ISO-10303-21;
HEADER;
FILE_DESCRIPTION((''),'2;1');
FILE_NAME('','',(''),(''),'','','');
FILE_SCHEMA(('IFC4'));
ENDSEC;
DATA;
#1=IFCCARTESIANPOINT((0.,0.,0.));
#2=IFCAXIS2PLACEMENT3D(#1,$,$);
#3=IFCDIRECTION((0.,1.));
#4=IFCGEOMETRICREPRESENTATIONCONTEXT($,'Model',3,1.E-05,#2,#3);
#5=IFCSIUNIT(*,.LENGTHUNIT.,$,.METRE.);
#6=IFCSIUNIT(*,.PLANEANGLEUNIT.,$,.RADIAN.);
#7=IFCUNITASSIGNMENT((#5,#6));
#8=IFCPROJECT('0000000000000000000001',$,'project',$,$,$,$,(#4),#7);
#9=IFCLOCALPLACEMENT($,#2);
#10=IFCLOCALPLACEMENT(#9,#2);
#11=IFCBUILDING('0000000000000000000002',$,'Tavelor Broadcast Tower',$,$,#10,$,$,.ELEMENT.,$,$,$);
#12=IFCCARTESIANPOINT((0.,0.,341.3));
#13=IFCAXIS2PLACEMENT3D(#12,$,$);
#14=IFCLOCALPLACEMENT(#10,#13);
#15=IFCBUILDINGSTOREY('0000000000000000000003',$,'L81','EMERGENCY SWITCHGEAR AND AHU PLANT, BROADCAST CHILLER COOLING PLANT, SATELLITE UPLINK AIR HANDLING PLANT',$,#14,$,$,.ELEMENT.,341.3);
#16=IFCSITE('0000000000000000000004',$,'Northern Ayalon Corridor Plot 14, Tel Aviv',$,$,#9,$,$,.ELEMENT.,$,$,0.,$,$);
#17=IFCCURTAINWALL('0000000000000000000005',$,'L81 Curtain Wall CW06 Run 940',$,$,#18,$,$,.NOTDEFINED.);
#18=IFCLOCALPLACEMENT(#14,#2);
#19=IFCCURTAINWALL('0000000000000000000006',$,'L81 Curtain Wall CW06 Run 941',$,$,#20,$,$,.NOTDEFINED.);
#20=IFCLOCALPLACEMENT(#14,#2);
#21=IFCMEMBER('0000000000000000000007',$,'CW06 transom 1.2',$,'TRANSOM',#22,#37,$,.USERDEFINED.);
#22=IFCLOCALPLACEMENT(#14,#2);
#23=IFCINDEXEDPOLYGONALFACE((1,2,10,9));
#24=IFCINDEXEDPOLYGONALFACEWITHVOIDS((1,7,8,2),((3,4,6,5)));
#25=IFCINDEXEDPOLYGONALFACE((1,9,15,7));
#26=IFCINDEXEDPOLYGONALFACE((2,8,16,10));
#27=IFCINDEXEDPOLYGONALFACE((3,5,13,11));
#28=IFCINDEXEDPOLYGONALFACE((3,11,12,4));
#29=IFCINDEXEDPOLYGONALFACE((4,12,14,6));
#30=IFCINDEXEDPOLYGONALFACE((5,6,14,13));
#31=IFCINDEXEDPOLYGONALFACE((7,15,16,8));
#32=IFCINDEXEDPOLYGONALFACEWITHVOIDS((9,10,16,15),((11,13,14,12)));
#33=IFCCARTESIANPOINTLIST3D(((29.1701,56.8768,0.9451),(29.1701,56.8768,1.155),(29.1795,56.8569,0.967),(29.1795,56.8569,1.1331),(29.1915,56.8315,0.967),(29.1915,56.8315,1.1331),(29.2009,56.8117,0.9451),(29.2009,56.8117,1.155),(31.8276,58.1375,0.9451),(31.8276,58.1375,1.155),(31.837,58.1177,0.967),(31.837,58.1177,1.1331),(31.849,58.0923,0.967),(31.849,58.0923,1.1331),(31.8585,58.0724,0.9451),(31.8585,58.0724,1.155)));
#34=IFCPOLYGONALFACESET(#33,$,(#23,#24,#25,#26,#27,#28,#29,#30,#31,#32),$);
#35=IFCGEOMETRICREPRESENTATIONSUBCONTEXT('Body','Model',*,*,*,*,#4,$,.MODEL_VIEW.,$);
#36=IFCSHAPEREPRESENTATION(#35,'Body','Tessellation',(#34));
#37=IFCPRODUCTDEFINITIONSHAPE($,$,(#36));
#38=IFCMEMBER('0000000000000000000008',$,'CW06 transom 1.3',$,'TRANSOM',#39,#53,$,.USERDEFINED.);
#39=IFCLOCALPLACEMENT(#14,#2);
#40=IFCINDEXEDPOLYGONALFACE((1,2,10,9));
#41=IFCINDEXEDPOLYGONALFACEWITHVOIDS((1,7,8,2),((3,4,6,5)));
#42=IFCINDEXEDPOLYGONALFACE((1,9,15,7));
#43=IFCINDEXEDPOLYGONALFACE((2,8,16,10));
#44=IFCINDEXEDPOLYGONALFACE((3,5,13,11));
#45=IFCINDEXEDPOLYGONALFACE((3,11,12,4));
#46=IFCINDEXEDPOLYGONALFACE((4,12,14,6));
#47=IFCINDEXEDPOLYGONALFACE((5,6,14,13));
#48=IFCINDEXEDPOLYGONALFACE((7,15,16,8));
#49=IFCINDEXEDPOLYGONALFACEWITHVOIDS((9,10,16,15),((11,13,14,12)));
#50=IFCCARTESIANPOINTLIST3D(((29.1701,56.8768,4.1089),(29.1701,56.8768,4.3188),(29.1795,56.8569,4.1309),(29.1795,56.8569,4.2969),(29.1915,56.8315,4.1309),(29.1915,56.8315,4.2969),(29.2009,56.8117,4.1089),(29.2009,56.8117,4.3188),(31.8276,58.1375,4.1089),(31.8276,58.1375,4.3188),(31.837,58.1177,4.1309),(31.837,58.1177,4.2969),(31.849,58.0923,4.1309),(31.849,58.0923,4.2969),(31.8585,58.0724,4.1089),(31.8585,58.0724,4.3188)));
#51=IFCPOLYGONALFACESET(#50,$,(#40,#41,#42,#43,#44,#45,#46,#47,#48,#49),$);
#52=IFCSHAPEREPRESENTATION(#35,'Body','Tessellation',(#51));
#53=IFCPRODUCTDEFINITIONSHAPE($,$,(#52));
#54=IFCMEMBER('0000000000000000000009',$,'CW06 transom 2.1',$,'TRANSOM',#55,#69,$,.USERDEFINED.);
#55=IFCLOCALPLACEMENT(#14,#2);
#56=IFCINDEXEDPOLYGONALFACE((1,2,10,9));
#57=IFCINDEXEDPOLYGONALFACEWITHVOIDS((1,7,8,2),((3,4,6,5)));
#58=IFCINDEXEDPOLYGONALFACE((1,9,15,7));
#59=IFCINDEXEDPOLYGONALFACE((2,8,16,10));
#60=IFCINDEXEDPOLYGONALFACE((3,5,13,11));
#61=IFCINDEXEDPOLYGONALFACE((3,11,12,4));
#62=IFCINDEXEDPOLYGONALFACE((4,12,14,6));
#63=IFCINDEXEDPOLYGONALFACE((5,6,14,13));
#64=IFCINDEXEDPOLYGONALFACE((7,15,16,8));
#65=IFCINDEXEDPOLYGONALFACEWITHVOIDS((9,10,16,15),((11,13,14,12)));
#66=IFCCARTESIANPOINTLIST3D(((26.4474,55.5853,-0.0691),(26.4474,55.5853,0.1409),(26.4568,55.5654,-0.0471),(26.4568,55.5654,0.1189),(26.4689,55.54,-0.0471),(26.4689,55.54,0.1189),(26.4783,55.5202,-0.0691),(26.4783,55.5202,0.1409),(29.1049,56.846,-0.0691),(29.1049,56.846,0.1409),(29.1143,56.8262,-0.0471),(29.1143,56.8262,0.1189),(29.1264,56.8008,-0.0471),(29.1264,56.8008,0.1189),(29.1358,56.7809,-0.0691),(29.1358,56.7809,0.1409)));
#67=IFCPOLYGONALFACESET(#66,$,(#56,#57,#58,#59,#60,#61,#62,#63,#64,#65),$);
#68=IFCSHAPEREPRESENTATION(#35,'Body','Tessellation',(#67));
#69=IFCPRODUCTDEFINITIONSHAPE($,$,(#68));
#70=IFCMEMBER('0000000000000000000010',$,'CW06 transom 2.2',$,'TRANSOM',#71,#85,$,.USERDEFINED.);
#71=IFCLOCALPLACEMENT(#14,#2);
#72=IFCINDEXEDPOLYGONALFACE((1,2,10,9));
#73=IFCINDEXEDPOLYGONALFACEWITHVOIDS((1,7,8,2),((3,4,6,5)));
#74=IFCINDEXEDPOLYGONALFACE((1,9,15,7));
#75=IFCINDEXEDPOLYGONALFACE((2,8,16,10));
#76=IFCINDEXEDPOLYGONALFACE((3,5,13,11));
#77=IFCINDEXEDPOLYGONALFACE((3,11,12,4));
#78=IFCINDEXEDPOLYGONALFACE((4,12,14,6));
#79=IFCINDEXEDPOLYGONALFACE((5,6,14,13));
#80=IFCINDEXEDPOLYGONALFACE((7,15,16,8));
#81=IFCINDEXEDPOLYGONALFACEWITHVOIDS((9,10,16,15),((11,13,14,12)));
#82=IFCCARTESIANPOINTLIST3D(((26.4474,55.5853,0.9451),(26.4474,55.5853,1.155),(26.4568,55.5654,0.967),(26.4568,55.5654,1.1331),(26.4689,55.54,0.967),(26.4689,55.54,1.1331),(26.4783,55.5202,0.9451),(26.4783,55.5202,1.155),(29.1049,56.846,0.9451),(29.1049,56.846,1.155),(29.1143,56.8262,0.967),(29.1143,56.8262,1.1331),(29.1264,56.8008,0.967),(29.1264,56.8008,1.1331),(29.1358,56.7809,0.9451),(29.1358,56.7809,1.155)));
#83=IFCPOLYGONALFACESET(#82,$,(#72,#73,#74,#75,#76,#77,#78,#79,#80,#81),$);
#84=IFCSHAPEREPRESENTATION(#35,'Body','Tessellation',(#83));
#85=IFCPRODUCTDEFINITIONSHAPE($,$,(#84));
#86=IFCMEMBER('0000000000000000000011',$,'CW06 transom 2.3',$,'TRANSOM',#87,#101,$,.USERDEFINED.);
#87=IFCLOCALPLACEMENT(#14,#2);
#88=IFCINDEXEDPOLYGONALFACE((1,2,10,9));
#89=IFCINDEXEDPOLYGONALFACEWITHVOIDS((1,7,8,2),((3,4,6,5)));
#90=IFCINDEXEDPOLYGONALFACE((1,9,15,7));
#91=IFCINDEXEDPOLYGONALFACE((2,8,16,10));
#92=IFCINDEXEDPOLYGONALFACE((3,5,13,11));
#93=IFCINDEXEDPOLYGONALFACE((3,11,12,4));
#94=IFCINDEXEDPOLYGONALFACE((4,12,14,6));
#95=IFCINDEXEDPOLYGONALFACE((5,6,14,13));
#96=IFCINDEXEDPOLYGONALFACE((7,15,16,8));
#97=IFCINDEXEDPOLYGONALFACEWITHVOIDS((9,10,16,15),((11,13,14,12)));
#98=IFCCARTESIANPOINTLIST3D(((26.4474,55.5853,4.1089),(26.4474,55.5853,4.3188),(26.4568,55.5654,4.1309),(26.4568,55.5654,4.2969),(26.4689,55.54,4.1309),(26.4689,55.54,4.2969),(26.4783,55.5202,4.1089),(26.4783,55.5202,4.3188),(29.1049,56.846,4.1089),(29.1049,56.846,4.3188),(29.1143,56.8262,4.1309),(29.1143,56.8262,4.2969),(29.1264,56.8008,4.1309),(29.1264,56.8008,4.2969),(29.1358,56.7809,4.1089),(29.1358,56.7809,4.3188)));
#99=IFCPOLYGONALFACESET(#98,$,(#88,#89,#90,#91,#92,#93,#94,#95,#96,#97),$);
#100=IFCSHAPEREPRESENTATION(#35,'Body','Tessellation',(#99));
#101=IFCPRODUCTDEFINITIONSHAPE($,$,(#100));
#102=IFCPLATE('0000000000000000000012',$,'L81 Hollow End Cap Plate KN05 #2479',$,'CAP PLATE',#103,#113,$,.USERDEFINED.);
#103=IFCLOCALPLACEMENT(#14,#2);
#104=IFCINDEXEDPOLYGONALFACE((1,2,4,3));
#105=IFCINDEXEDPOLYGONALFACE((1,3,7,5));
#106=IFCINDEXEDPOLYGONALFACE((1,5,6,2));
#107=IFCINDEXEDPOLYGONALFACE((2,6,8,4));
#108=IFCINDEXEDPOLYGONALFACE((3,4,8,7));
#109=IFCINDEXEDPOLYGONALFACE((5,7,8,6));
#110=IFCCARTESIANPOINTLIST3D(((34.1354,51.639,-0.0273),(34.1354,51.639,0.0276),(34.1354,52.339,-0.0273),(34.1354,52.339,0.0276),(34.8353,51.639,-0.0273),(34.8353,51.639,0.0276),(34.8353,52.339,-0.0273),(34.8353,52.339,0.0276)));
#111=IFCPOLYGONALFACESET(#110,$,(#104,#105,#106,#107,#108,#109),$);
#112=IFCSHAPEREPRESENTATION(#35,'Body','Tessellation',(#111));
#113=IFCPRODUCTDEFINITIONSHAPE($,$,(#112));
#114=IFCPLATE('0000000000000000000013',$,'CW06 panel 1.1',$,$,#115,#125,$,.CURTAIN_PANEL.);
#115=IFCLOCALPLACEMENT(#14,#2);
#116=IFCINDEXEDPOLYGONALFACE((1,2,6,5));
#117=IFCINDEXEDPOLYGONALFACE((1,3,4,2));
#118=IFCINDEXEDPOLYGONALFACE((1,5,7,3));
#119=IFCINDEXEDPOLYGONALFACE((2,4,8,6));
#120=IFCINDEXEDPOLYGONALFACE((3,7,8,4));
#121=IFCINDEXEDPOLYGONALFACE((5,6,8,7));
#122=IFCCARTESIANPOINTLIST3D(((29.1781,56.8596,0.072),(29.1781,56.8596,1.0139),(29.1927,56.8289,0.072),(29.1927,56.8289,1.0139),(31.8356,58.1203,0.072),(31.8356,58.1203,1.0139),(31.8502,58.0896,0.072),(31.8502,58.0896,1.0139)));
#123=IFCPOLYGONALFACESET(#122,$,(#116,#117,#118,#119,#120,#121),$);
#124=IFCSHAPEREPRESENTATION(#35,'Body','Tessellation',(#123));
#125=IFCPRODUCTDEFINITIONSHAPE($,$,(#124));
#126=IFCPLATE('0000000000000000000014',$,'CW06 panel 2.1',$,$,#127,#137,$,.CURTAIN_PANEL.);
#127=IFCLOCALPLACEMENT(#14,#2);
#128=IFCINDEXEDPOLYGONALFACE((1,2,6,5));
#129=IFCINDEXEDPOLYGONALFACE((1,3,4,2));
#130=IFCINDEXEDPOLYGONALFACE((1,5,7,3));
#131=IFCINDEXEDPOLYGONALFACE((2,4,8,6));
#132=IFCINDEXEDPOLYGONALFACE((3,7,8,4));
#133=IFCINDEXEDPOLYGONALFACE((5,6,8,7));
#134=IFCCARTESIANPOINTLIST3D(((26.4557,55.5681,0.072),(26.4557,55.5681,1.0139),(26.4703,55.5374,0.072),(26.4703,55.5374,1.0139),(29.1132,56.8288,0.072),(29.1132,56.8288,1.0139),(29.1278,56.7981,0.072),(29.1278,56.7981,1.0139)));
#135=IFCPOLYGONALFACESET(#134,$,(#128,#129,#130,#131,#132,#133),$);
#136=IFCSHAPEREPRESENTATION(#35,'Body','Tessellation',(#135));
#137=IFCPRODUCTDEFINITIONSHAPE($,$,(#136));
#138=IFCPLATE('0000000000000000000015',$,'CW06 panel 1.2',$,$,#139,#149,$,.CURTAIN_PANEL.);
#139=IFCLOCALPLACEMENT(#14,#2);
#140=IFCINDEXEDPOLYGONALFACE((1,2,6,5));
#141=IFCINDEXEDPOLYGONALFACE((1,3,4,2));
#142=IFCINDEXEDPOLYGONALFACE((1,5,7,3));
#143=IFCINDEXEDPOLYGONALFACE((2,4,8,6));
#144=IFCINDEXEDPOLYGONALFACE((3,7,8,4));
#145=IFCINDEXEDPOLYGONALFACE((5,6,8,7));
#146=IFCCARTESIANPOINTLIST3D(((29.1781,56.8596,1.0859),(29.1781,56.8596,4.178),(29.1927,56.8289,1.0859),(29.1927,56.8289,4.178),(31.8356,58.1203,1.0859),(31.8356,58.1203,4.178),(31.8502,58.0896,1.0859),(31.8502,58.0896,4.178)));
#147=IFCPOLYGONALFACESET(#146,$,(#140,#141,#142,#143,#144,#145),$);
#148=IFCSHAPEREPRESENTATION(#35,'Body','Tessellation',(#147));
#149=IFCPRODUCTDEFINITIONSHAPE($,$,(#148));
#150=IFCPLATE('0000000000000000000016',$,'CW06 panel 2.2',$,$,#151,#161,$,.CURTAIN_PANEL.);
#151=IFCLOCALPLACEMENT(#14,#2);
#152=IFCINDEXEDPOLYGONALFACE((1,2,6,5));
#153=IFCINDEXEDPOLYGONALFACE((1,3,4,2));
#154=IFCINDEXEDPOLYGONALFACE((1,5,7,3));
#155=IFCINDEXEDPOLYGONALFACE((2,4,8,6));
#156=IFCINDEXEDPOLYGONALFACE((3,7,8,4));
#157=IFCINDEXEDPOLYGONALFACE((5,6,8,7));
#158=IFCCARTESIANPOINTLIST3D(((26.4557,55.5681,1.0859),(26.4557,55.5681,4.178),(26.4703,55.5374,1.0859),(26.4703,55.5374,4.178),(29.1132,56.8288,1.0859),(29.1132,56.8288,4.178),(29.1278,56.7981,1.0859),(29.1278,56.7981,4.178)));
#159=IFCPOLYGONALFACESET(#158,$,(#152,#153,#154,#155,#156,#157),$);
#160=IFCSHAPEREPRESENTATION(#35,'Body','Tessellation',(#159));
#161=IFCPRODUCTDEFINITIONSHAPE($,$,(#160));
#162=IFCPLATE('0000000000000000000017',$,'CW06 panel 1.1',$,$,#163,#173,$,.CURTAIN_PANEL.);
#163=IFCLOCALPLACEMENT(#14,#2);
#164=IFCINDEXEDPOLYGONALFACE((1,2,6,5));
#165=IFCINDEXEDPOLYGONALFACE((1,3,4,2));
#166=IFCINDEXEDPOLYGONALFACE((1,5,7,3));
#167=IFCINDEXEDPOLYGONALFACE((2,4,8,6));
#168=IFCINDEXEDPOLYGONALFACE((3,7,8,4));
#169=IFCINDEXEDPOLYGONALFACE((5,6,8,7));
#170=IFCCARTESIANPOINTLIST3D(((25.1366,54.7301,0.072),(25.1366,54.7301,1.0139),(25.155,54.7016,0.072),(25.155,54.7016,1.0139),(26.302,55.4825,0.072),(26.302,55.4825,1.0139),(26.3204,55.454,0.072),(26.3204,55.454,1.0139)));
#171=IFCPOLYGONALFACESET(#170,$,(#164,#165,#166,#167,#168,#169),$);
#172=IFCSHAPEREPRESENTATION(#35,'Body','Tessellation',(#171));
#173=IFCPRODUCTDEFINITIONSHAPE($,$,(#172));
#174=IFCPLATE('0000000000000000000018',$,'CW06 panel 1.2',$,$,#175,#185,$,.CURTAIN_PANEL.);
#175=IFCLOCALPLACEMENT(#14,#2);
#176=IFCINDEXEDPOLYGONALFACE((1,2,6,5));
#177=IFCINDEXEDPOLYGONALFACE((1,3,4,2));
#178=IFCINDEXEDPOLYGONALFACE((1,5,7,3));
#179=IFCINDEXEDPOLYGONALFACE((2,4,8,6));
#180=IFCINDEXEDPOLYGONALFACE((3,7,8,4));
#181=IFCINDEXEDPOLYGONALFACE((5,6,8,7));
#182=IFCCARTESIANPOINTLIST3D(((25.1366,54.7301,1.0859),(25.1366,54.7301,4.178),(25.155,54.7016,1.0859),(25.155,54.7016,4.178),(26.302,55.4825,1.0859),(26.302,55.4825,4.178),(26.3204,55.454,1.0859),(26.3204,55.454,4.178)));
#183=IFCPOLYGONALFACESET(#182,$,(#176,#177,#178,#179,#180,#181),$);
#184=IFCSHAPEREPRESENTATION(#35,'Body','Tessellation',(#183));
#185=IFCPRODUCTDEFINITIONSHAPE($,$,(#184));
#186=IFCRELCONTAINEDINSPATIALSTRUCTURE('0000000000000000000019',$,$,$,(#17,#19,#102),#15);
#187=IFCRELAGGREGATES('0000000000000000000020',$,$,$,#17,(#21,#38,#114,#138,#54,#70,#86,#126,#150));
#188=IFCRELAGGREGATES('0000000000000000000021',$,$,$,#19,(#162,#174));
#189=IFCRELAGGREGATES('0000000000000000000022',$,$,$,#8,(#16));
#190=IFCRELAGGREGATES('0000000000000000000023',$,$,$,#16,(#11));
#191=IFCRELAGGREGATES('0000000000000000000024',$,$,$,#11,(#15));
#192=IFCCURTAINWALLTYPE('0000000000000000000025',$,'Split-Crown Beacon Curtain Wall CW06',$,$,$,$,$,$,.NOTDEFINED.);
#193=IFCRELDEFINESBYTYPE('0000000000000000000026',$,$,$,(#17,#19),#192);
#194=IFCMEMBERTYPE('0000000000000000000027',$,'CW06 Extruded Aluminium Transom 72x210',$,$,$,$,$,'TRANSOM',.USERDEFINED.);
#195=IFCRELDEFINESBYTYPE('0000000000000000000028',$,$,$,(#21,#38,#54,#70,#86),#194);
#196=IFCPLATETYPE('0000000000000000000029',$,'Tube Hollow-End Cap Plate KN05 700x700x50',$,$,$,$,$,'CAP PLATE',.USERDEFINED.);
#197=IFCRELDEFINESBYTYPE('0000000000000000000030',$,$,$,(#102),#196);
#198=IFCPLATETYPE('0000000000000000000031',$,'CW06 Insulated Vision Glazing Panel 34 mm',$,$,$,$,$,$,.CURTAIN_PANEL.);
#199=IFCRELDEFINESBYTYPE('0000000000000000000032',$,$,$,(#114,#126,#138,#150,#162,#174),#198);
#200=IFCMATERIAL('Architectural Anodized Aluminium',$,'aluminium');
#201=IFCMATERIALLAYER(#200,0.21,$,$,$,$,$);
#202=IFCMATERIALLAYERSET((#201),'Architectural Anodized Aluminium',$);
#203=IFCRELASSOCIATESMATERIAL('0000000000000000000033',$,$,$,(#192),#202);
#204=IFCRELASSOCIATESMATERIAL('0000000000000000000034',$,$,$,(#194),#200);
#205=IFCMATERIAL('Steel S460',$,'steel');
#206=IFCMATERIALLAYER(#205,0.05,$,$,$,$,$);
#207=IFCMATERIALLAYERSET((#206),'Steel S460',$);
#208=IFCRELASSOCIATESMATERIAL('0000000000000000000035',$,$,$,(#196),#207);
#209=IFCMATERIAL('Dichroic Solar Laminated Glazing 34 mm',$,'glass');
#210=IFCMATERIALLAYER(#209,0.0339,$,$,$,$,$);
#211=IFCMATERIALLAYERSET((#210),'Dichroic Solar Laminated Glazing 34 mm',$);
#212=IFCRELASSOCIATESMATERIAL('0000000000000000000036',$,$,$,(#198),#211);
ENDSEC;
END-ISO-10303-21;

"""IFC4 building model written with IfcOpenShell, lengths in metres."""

from ifc_helpers import new_model, si_unit, direction, frame, origin, origin_2d, place, context, subcontext, project, spatial, rectangle, hollow_rectangle, extrude, source, transform, mapped, material, layer, layer_set, material_profile, profile_set, type_object, type_shapes, element, aggregate, save


model = new_model("IFC4")

# Units and contexts
model_context = context("Model", 3, precision=1e-05, world=origin(), true_north=direction((0.0, 1.0)))
body_context = subcontext(model_context, "Body", "Model", "MODEL_VIEW")
ifc_project = project(units=[si_unit("LENGTHUNIT", "METRE"), si_unit("PLANEANGLEUNIT", "RADIAN")], contexts=[model_context])

# Site, building, storey
site_placement = place(None, origin())
site = spatial("IfcSite", under=ifc_project, at=site_placement, Name="Northern Ayalon Corridor Plot 14, Tel Aviv", CompositionType="ELEMENT", RefElevation=0.0)
building_placement = place(site_placement, origin())
building = spatial("IfcBuilding", under=site, at=building_placement, Name="Tavelor Broadcast Tower", CompositionType="ELEMENT")
storey_placement = place(building_placement, frame((0.0, 0.0, 341.3)))
storey = spatial("IfcBuildingStorey", under=building, at=storey_placement, Name="L81", Description="EMERGENCY SWITCHGEAR AND AHU PLANT, BROADCAST CHILLER COOLING PLANT, SATELLITE UPLINK AIR HANDLING PLANT", CompositionType="ELEMENT", Elevation=341.3)

# Shared definitions
ifc_material_1 = material(Name="Architectural Anodized Aluminium", Category="aluminium")
ifc_layer_1 = layer(ifc_material_1, 0.21)
ifc_layer_set_1 = layer_set([ifc_layer_1], Name="Architectural Anodized Aluminium")
curtain_wall_type = type_object("IfcCurtainWallType", Name="Split-Crown Beacon Curtain Wall CW06", PredefinedType="NOTDEFINED", material=ifc_layer_set_1)

# Curtain walls
curtain_wall_1_placement = place(storey_placement, origin())
curtain_wall_1 = element("IfcCurtainWall", 1, at=curtain_wall_1_placement, inside=storey, type_object=curtain_wall_type, Name="L81 Curtain Wall CW06 Run 940", PredefinedType="NOTDEFINED")
curtain_wall_2_placement = place(storey_placement, origin())
curtain_wall_2 = element("IfcCurtainWall", 2, at=curtain_wall_2_placement, inside=storey, type_object=curtain_wall_type, Name="L81 Curtain Wall CW06 Run 941", PredefinedType="NOTDEFINED")
ifc_material_profile_1 = material_profile(ifc_material_1, hollow_rectangle(XDim=0.072, YDim=0.21, WallThickness=0.022, at=origin_2d()), Name="RHS 72x210x22")
ifc_profile_set_1 = profile_set([ifc_material_profile_1], Name="Architectural Anodized Aluminium")
member_type_1 = type_object("IfcMemberType", Name="CW06 Extruded Aluminium Transom 72x210", ElementType="TRANSOM", PredefinedType="USERDEFINED", material=ifc_profile_set_1)

# Members
shared_shape_1 = source(origin(), body_context, "Body", "SweptSolid", [
    extrude(hollow_rectangle(XDim=0.072, YDim=0.21, WallThickness=0.022, at=origin_2d()), origin(), (0.0, 0.0, 1.0), 2.9414),
])
member_1_placement = place(storey_placement, frame((31.843, 58.105, 1.05), z_axis=(-0.903482, -0.428625, 0.0), x_axis=(0.428625, -0.903482, 0.0)))
member_1 = element("IfcMember", 3, at=member_1_placement, type_object=member_type_1, Name="CW06 transom 1.2", ObjectType="TRANSOM", PredefinedType="USERDEFINED", context=body_context, shape_type="MappedRepresentation", body=[
    mapped(shared_shape_1, transform((0.0, 0.0, 0.0), scale=1.0)),
])
member_2_placement = place(storey_placement, frame((31.843, 58.105, 4.2139), z_axis=(-0.903482, -0.428625, 0.0), x_axis=(0.428625, -0.903482, 0.0)))
member_2 = element("IfcMember", 4, at=member_2_placement, type_object=member_type_1, Name="CW06 transom 1.3", ObjectType="TRANSOM", PredefinedType="USERDEFINED", context=body_context, shape_type="MappedRepresentation", body=[
    mapped(shared_shape_1, transform((0.0, 0.0, 0.0), scale=1.0)),
])
member_3_placement = place(storey_placement, frame((29.1204, 56.8135, 0.0359), z_axis=(-0.903482, -0.428625, 0.0), x_axis=(0.428625, -0.903482, 0.0)))
member_3 = element("IfcMember", 5, at=member_3_placement, type_object=member_type_1, Name="CW06 transom 2.1", ObjectType="TRANSOM", PredefinedType="USERDEFINED", context=body_context, shape_type="MappedRepresentation", body=[
    mapped(shared_shape_1, transform((0.0, 0.0, 0.0), scale=1.0)),
])
member_4_placement = place(storey_placement, frame((29.1204, 56.8135, 1.05), z_axis=(-0.903482, -0.428625, 0.0), x_axis=(0.428625, -0.903482, 0.0)))
member_4 = element("IfcMember", 6, at=member_4_placement, type_object=member_type_1, Name="CW06 transom 2.2", ObjectType="TRANSOM", PredefinedType="USERDEFINED", context=body_context, shape_type="MappedRepresentation", body=[
    mapped(shared_shape_1, transform((0.0, 0.0, 0.0), scale=1.0)),
])
member_5_placement = place(storey_placement, frame((29.1204, 56.8135, 4.2139), z_axis=(-0.903482, -0.428625, 0.0), x_axis=(0.428625, -0.903482, 0.0)))
member_5 = element("IfcMember", 7, at=member_5_placement, type_object=member_type_1, Name="CW06 transom 2.3", ObjectType="TRANSOM", PredefinedType="USERDEFINED", context=body_context, shape_type="MappedRepresentation", body=[
    mapped(shared_shape_1, transform((0.0, 0.0, 0.0), scale=1.0)),
])

# Plates
ifc_material_2 = material(Name="Steel S460", Category="steel")
ifc_layer_2 = layer(ifc_material_2, 0.05)
ifc_layer_set_2 = layer_set([ifc_layer_2], Name="Steel S460")
plate_type_1 = type_object("IfcPlateType", Name="Tube Hollow-End Cap Plate KN05 700x700x50", ElementType="CAP PLATE", PredefinedType="USERDEFINED", material=ifc_layer_set_2)
shared_shape_2 = source(origin(), body_context, "Body", "SweptSolid", [
    extrude(rectangle(XDim=0.7, YDim=0.7, at=origin_2d()), origin(), (0.0, 0.0, 1.0), 0.0549),
])
type_shapes(plate_type_1, [shared_shape_2])
plate_1_placement = place(storey_placement, frame((34.4854, 51.989, -0.0273), z_axis=(0.0, 0.0, 1.0), x_axis=(1.0, 0.0, 0.0)))
element("IfcPlate", 8, at=plate_1_placement, inside=storey, type_object=plate_type_1, Name="L81 Hollow End Cap Plate KN05 #2479", ObjectType="CAP PLATE", PredefinedType="USERDEFINED", context=body_context, shape_type="MappedRepresentation", body=[
    mapped(shared_shape_2, transform((0.0, 0.0, 0.0), scale=1.0)),
])
ifc_material_3 = material(Name="Dichroic Solar Laminated Glazing 34 mm", Category="glass")
ifc_layer_3 = layer(ifc_material_3, 0.0339)
ifc_layer_set_3 = layer_set([ifc_layer_3], Name="Dichroic Solar Laminated Glazing 34 mm")
plate_type_2 = type_object("IfcPlateType", Name="CW06 Insulated Vision Glazing Panel 34 mm", PredefinedType="CURTAIN_PANEL", material=ifc_layer_set_3)
shared_shape_3 = source(origin(), body_context, "Body", "SweptSolid", [
    extrude(rectangle(XDim=2.9414, YDim=0.0339, at=origin_2d()), origin(), (0.0, 0.0, 1.0), 0.9419),
])
plate_2_placement = place(storey_placement, frame((30.5142, 57.4746, 0.072), z_axis=(0.0, 0.0, 1.0), x_axis=(-0.903487, -0.428616, 0.0)))
plate_2 = element("IfcPlate", 9, at=plate_2_placement, type_object=plate_type_2, Name="CW06 panel 1.1", PredefinedType="CURTAIN_PANEL", context=body_context, shape_type="MappedRepresentation", body=[
    mapped(shared_shape_3, transform((0.0, 0.0, 0.0), scale=1.0)),
])
plate_3_placement = place(storey_placement, frame((27.7917, 56.1831, 0.072), z_axis=(0.0, 0.0, 1.0), x_axis=(-0.903487, -0.428616, 0.0)))
plate_3 = element("IfcPlate", 10, at=plate_3_placement, type_object=plate_type_2, Name="CW06 panel 2.1", PredefinedType="CURTAIN_PANEL", context=body_context, shape_type="MappedRepresentation", body=[
    mapped(shared_shape_3, transform((0.0, 0.0, 0.0), scale=1.0)),
])
shared_shape_4 = source(origin(), body_context, "Body", "SweptSolid", [
    extrude(rectangle(XDim=2.9414, YDim=0.0339, at=origin_2d()), origin(), (0.0, 0.0, 1.0), 3.092),
])
plate_4_placement = place(storey_placement, frame((30.5142, 57.4746, 1.0859), z_axis=(0.0, 0.0, 1.0), x_axis=(-0.903487, -0.428616, 0.0)))
plate_4 = element("IfcPlate", 11, at=plate_4_placement, type_object=plate_type_2, Name="CW06 panel 1.2", PredefinedType="CURTAIN_PANEL", context=body_context, shape_type="MappedRepresentation", body=[
    mapped(shared_shape_4, transform((0.0, 0.0, 0.0), scale=1.0)),
])
plate_5_placement = place(storey_placement, frame((27.7917, 56.1831, 1.0859), z_axis=(0.0, 0.0, 1.0), x_axis=(-0.903487, -0.428616, 0.0)))
plate_5 = element("IfcPlate", 12, at=plate_5_placement, type_object=plate_type_2, Name="CW06 panel 2.2", PredefinedType="CURTAIN_PANEL", context=body_context, shape_type="MappedRepresentation", body=[
    mapped(shared_shape_4, transform((0.0, 0.0, 0.0), scale=1.0)),
])
aggregate(curtain_wall_1, [member_1, member_2, plate_2, plate_4, member_3, member_4, member_5, plate_3, plate_5])
shared_shape_5 = source(origin(), body_context, "Body", "SweptSolid", [
    extrude(rectangle(XDim=1.3872, YDim=0.0339, at=origin_2d()), origin(), (0.0, 0.0, 1.0), 0.9419),
])
plate_6_placement = place(storey_placement, frame((25.7285, 55.092, 0.072), z_axis=(0.0, 0.0, 1.0), x_axis=(-0.840129, -0.542387, 0.0)))
plate_6 = element("IfcPlate", 13, at=plate_6_placement, type_object=plate_type_2, Name="CW06 panel 1.1", PredefinedType="CURTAIN_PANEL", context=body_context, shape_type="MappedRepresentation", body=[
    mapped(shared_shape_5, transform((0.0, 0.0, 0.0), scale=1.0)),
])
shared_shape_6 = source(origin(), body_context, "Body", "SweptSolid", [
    extrude(rectangle(XDim=1.3872, YDim=0.0339, at=origin_2d()), origin(), (0.0, 0.0, 1.0), 3.092),
])
plate_7_placement = place(storey_placement, frame((25.7285, 55.092, 1.0859), z_axis=(0.0, 0.0, 1.0), x_axis=(-0.840129, -0.542387, 0.0)))
plate_7 = element("IfcPlate", 14, at=plate_7_placement, type_object=plate_type_2, Name="CW06 panel 1.2", PredefinedType="CURTAIN_PANEL", context=body_context, shape_type="MappedRepresentation", body=[
    mapped(shared_shape_6, transform((0.0, 0.0, 0.0), scale=1.0)),
])
aggregate(curtain_wall_2, [plate_6, plate_7])

save(model, "model.ifc")
